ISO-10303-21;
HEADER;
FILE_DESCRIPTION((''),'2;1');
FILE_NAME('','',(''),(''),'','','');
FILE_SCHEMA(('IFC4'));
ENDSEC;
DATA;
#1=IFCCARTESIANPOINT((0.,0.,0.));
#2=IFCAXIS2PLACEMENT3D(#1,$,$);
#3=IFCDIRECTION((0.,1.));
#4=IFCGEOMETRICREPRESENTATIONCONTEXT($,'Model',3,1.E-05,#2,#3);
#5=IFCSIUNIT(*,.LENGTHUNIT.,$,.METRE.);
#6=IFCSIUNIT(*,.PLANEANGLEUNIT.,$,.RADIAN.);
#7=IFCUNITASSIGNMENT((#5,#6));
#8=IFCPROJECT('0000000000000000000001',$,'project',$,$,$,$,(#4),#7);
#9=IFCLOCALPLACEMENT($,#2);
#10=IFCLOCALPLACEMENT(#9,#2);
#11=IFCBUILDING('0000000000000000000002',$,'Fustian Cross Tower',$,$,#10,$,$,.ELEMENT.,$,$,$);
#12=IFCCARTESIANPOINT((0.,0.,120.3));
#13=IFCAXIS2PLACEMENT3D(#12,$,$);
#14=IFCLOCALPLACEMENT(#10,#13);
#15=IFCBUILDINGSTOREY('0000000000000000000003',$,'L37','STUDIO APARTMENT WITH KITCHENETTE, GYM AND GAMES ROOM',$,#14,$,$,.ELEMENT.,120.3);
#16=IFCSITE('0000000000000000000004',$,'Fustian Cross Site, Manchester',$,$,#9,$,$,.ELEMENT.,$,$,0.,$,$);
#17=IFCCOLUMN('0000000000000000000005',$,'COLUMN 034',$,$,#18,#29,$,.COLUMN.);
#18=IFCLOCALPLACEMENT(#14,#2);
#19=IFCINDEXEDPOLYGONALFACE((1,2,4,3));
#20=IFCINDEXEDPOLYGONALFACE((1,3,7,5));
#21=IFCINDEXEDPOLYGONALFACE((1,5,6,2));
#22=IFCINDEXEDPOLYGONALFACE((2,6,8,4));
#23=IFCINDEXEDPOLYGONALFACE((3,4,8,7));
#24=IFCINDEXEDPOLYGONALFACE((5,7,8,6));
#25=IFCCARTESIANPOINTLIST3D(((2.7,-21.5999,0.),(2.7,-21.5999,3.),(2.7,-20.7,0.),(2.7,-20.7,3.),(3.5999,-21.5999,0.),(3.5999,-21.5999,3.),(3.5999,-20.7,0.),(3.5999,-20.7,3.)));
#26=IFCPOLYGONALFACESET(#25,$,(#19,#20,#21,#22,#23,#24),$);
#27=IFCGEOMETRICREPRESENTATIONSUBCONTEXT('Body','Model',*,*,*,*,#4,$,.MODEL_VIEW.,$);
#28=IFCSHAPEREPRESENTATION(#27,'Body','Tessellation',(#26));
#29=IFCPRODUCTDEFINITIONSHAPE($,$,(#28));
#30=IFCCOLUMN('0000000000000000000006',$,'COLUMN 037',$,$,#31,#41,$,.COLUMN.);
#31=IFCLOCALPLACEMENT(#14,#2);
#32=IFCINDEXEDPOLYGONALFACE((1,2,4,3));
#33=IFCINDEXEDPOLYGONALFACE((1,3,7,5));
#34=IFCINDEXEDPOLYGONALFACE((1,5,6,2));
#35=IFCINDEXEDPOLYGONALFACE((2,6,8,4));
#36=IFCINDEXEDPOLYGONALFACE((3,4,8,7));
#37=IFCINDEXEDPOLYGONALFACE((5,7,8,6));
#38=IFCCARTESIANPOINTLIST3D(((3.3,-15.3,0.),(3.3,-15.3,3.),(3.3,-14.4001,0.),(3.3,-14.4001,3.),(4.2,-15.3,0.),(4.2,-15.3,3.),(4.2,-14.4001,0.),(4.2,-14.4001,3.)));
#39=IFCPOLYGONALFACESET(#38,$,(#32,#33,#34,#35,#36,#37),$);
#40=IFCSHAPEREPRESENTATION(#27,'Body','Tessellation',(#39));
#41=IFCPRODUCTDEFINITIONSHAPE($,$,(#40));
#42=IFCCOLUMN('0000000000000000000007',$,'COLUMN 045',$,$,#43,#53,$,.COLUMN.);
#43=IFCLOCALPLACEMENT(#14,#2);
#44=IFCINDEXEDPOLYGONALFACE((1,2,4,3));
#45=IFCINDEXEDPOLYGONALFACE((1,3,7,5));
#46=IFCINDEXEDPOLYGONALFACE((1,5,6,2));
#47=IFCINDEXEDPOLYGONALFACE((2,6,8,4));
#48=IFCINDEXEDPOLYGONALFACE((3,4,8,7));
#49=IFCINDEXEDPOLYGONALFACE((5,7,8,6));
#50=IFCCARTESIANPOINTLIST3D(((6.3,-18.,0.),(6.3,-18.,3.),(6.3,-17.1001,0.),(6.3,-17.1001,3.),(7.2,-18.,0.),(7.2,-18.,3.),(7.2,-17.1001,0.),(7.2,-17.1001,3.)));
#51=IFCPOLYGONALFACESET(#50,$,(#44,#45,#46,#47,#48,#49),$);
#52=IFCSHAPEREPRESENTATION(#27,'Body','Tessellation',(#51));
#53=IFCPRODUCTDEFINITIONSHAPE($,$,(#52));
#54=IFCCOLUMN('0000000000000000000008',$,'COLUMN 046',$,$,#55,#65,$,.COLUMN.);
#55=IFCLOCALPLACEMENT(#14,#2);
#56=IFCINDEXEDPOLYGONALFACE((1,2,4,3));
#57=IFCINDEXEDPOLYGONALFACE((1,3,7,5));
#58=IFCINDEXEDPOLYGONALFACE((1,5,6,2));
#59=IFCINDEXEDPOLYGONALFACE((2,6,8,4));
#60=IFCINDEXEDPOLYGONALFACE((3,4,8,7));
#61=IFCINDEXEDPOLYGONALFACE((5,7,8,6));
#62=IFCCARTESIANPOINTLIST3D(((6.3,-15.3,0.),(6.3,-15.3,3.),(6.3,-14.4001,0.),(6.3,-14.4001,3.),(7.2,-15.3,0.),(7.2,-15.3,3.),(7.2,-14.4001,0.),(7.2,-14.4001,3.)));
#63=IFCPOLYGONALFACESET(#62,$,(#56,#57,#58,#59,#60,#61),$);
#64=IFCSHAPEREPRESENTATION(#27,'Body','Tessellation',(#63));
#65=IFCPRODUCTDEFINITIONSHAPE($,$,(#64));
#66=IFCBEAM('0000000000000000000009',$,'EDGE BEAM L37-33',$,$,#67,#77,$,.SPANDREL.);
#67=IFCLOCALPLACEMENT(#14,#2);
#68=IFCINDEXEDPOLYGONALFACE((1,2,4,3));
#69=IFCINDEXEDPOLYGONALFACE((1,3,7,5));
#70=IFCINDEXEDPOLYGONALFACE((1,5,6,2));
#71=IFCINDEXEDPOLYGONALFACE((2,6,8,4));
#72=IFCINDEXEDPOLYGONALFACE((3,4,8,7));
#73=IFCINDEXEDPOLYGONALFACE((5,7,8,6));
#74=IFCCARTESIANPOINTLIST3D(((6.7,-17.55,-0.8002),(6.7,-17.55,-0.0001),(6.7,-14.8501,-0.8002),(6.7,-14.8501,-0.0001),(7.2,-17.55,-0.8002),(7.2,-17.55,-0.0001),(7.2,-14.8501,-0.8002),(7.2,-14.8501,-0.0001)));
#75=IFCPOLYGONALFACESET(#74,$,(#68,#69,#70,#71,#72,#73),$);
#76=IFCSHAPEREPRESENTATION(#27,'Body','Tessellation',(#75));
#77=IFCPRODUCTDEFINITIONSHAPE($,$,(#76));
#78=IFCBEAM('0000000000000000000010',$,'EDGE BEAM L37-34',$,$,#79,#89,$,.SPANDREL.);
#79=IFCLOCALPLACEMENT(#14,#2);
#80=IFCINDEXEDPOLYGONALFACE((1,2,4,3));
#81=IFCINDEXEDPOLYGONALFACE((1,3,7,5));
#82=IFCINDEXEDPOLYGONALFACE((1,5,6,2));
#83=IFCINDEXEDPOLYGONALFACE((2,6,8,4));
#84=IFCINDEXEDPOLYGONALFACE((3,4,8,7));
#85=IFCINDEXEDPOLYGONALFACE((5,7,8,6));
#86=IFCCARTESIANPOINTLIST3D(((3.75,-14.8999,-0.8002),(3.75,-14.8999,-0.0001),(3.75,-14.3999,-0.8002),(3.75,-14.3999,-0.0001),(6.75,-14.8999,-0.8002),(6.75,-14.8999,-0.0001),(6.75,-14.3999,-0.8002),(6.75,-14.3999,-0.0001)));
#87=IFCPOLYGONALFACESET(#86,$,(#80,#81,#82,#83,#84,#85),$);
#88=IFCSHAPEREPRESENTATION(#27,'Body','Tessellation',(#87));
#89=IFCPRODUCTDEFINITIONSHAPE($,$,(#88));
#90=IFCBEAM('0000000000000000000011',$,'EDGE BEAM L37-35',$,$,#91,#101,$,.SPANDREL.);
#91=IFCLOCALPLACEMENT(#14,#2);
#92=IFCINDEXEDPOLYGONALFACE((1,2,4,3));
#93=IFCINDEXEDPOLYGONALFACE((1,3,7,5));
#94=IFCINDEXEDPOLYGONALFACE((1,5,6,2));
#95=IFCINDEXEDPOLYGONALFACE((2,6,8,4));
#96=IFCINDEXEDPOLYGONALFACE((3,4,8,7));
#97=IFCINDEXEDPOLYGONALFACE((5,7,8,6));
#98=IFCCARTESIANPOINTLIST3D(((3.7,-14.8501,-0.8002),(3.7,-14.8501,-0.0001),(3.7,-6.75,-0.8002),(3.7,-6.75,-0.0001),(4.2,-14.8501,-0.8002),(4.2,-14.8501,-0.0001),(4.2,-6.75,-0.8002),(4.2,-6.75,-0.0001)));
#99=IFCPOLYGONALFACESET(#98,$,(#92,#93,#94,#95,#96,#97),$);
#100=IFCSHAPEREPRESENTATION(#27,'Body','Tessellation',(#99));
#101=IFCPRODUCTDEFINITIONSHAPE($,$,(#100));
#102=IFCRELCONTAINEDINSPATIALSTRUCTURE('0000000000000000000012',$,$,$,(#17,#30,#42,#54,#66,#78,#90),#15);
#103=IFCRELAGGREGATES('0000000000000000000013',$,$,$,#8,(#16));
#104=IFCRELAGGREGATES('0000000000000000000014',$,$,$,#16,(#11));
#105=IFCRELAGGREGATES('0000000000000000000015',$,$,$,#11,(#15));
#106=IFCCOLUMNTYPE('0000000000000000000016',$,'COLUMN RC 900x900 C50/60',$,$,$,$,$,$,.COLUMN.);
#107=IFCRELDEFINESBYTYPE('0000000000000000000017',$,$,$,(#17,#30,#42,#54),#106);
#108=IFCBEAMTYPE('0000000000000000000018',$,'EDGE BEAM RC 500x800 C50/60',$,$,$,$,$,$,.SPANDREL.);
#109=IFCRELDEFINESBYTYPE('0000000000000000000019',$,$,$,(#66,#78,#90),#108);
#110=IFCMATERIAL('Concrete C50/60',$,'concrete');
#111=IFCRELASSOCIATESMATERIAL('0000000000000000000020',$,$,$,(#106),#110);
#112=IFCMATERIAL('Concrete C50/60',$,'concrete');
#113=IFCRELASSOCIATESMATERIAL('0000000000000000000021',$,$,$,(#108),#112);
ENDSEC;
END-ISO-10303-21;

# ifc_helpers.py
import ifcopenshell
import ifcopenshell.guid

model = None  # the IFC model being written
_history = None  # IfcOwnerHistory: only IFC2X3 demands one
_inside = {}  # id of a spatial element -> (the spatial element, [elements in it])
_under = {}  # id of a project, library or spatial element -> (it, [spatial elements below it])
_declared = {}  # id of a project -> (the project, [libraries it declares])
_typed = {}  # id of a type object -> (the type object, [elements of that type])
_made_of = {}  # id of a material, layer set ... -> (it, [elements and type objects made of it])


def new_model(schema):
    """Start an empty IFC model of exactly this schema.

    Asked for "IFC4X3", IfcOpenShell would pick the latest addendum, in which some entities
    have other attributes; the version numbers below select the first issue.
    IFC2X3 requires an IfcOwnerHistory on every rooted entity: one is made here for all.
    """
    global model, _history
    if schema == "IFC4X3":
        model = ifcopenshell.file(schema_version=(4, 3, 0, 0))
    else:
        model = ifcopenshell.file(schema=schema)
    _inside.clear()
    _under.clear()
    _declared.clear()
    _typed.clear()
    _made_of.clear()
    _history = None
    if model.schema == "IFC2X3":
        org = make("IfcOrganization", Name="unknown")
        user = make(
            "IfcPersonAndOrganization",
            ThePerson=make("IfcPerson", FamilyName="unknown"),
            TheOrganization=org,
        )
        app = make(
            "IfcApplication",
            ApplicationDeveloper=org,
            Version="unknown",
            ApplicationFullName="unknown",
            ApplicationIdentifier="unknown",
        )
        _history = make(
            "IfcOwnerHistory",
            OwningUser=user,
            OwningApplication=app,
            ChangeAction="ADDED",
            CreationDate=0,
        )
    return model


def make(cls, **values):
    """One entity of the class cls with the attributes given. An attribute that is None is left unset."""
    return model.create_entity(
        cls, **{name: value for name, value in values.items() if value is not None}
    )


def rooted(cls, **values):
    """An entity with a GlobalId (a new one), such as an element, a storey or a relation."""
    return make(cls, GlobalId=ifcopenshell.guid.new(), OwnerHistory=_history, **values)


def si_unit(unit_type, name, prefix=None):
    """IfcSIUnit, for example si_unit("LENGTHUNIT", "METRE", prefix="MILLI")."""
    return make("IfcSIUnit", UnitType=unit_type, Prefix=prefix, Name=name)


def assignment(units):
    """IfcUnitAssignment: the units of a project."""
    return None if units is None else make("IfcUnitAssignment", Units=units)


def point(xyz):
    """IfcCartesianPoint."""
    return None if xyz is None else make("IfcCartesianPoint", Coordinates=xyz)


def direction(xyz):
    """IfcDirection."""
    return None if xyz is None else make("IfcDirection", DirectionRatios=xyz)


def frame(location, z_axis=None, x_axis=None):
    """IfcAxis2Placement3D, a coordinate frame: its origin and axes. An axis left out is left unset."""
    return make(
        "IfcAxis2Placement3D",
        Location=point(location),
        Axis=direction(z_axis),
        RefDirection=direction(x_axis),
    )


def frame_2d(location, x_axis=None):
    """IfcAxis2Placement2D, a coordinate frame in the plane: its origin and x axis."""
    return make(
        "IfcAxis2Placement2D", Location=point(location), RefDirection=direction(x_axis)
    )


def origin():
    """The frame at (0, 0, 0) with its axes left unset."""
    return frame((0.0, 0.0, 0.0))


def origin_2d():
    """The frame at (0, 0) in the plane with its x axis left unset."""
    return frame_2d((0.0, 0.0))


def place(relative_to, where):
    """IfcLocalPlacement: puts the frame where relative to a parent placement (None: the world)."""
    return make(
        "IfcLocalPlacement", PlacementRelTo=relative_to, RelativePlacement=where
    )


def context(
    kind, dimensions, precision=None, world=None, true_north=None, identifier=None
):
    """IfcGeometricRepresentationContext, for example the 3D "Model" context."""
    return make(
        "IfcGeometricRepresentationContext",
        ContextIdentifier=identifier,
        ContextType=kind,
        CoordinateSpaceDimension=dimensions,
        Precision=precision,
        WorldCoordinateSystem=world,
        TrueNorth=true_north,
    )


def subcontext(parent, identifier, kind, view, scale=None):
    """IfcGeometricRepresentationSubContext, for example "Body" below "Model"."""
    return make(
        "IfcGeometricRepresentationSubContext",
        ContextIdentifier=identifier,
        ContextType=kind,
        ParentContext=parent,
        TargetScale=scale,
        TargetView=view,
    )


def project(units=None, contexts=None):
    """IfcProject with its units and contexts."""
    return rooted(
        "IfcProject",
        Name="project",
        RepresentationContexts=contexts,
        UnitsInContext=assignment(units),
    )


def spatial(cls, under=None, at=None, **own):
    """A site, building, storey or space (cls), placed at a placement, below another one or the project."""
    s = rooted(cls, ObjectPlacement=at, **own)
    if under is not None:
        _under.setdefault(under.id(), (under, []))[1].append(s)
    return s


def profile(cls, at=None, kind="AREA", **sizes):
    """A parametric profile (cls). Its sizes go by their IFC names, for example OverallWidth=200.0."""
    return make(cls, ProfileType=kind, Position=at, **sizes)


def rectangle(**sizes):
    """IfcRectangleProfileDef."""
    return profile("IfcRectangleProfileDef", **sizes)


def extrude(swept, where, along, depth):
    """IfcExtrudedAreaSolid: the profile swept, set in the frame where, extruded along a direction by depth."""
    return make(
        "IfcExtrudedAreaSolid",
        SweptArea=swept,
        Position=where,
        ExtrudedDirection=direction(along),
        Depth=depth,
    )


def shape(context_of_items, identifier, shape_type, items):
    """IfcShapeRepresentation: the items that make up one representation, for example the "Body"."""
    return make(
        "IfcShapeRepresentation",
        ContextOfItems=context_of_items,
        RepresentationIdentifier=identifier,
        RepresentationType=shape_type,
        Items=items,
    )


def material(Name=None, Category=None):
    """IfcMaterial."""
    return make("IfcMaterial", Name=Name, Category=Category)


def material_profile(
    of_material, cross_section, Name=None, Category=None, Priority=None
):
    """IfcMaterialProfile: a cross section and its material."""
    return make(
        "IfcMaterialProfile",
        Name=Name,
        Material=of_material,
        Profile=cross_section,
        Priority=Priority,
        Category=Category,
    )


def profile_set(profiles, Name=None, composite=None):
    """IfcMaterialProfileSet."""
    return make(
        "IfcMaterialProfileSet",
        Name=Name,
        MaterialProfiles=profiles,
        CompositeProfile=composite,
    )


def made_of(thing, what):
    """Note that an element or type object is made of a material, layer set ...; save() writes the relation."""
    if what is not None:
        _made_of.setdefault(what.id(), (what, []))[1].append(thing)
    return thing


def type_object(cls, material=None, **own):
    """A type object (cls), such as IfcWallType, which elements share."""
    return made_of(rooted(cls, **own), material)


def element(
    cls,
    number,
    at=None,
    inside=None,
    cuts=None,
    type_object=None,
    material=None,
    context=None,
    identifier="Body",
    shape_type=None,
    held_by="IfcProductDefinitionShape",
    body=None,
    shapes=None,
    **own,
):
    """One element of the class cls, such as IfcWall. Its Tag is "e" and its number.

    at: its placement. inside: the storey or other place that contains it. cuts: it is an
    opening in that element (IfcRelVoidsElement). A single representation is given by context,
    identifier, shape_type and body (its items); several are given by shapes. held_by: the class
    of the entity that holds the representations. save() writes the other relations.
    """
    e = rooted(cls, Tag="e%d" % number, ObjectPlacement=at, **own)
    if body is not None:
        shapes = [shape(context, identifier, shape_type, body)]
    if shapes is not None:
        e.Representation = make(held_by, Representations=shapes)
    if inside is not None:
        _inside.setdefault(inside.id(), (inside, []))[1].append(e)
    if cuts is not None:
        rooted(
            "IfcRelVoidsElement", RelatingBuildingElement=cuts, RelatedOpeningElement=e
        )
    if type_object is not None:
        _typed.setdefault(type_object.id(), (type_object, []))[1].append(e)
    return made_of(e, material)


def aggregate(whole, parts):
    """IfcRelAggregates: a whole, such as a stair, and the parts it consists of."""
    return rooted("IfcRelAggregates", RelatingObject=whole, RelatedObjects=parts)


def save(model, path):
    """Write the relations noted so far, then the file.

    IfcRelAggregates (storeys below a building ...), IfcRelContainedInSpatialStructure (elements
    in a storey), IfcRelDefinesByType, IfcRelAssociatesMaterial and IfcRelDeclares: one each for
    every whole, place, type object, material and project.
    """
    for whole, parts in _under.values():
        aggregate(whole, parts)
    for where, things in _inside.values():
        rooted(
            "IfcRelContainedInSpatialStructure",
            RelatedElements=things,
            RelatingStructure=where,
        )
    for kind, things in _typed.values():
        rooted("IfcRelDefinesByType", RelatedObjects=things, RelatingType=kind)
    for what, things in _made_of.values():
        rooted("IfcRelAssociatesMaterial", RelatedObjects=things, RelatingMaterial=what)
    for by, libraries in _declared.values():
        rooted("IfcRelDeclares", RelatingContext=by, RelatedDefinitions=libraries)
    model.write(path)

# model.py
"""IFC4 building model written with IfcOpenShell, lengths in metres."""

from ifc_helpers import new_model, si_unit, direction, frame, origin, origin_2d, place, context, subcontext, project, spatial, rectangle, extrude, material, material_profile, profile_set, type_object, element, save


model = new_model("IFC4")

# Units and contexts
model_context = context("Model", 3, precision=1e-05, world=origin(), true_north=direction((0.0, 1.0)))
body_context = subcontext(model_context, "Body", "Model", "MODEL_VIEW")
ifc_project = project(units=[si_unit("LENGTHUNIT", "METRE"), si_unit("PLANEANGLEUNIT", "RADIAN")], contexts=[model_context])

# Site, building, storey
site_placement = place(None, origin())
site = spatial("IfcSite", under=ifc_project, at=site_placement, Name="Fustian Cross Site, Manchester", CompositionType="ELEMENT", RefElevation=0.0)
building_placement = place(site_placement, origin())
building = spatial("IfcBuilding", under=site, at=building_placement, Name="Fustian Cross Tower", CompositionType="ELEMENT")
storey_placement = place(building_placement, frame((0.0, 0.0, 120.3)))
storey = spatial("IfcBuildingStorey", under=building, at=storey_placement, Name="L37", Description="STUDIO APARTMENT WITH KITCHENETTE, GYM AND GAMES ROOM", CompositionType="ELEMENT", Elevation=120.3)

# Columns
ifc_material_1 = material(Name="Concrete C50/60", Category="concrete")
ifc_material_profile_1 = material_profile(ifc_material_1, rectangle(XDim=0.8999, YDim=0.8999, at=origin_2d()), Name="RC 900x900")
ifc_profile_set_1 = profile_set([ifc_material_profile_1], Name="Concrete C50/60")
column_type = type_object("IfcColumnType", Name="COLUMN RC 900x900 C50/60", PredefinedType="COLUMN", material=ifc_profile_set_1)
for number, where, z_axis, x_axis, name in (
    (1, (3.1499, -21.1499, 0.0), (0.0, 0.0, 1.0), (1.0, 0.0, 0.0), "COLUMN 034"),
    (2, (3.75, -14.8501, 0.0), (0.0, 0.0, 1.0), (1.0, 0.0, 0.0), "COLUMN 037"),
    (3, (6.75, -17.55, 0.0), (0.0, 0.0, 1.0), (1.0, 0.0, 0.0), "COLUMN 045"),
    (4, (6.75, -14.8501, 0.0), (0.0, 0.0, 1.0), (1.0, 0.0, 0.0), "COLUMN 046"),
):
    element("IfcColumn", number, at=place(storey_placement, frame(where, z_axis=z_axis, x_axis=x_axis)), inside=storey, type_object=column_type, Name=name, PredefinedType="COLUMN", context=body_context, shape_type="SweptSolid", body=[
        extrude(rectangle(XDim=0.8999, YDim=0.8999, at=origin_2d()), origin(), (0.0, 0.0, 1.0), 3.0),
    ])

# Beams
ifc_material_2 = material(Name="Concrete C50/60", Category="concrete")
ifc_material_profile_2 = material_profile(ifc_material_2, rectangle(XDim=0.5, YDim=0.8, at=origin_2d()), Name="RC 500x800")
ifc_profile_set_2 = profile_set([ifc_material_profile_2], Name="Concrete C50/60")
beam_type = type_object("IfcBeamType", Name="EDGE BEAM RC 500x800 C50/60", PredefinedType="SPANDREL", material=ifc_profile_set_2)
beam_1_placement = place(storey_placement, frame((6.95, -17.55, -0.4001), z_axis=(0.0, 1.0, 0.0), x_axis=(-1.0, 0.0, 0.0)))
element("IfcBeam", 5, at=beam_1_placement, inside=storey, type_object=beam_type, Name="EDGE BEAM L37-33", PredefinedType="SPANDREL", context=body_context, shape_type="SweptSolid", body=[
    extrude(rectangle(XDim=0.5, YDim=0.8, at=origin_2d()), origin(), (0.0, 0.0, 1.0), 2.7),
])
beam_2_placement = place(storey_placement, frame((6.75, -14.6499, -0.4001), z_axis=(-1.0, 0.0, 0.0), x_axis=(0.0, -1.0, 0.0)))
element("IfcBeam", 6, at=beam_2_placement, inside=storey, type_object=beam_type, Name="EDGE BEAM L37-34", PredefinedType="SPANDREL", context=body_context, shape_type="SweptSolid", body=[
    extrude(rectangle(XDim=0.5, YDim=0.8, at=origin_2d()), origin(), (0.0, 0.0, 1.0), 3.0),
])
beam_3_placement = place(storey_placement, frame((3.95, -14.8501, -0.4001), z_axis=(0.0, 1.0, 0.0), x_axis=(-1.0, 0.0, 0.0)))
element("IfcBeam", 7, at=beam_3_placement, inside=storey, type_object=beam_type, Name="EDGE BEAM L37-35", PredefinedType="SPANDREL", context=body_context, shape_type="SweptSolid", body=[
    extrude(rectangle(XDim=0.5, YDim=0.8, at=origin_2d()), origin(), (0.0, 0.0, 1.0), 8.1001),
])

save(model, "model.ifc")
